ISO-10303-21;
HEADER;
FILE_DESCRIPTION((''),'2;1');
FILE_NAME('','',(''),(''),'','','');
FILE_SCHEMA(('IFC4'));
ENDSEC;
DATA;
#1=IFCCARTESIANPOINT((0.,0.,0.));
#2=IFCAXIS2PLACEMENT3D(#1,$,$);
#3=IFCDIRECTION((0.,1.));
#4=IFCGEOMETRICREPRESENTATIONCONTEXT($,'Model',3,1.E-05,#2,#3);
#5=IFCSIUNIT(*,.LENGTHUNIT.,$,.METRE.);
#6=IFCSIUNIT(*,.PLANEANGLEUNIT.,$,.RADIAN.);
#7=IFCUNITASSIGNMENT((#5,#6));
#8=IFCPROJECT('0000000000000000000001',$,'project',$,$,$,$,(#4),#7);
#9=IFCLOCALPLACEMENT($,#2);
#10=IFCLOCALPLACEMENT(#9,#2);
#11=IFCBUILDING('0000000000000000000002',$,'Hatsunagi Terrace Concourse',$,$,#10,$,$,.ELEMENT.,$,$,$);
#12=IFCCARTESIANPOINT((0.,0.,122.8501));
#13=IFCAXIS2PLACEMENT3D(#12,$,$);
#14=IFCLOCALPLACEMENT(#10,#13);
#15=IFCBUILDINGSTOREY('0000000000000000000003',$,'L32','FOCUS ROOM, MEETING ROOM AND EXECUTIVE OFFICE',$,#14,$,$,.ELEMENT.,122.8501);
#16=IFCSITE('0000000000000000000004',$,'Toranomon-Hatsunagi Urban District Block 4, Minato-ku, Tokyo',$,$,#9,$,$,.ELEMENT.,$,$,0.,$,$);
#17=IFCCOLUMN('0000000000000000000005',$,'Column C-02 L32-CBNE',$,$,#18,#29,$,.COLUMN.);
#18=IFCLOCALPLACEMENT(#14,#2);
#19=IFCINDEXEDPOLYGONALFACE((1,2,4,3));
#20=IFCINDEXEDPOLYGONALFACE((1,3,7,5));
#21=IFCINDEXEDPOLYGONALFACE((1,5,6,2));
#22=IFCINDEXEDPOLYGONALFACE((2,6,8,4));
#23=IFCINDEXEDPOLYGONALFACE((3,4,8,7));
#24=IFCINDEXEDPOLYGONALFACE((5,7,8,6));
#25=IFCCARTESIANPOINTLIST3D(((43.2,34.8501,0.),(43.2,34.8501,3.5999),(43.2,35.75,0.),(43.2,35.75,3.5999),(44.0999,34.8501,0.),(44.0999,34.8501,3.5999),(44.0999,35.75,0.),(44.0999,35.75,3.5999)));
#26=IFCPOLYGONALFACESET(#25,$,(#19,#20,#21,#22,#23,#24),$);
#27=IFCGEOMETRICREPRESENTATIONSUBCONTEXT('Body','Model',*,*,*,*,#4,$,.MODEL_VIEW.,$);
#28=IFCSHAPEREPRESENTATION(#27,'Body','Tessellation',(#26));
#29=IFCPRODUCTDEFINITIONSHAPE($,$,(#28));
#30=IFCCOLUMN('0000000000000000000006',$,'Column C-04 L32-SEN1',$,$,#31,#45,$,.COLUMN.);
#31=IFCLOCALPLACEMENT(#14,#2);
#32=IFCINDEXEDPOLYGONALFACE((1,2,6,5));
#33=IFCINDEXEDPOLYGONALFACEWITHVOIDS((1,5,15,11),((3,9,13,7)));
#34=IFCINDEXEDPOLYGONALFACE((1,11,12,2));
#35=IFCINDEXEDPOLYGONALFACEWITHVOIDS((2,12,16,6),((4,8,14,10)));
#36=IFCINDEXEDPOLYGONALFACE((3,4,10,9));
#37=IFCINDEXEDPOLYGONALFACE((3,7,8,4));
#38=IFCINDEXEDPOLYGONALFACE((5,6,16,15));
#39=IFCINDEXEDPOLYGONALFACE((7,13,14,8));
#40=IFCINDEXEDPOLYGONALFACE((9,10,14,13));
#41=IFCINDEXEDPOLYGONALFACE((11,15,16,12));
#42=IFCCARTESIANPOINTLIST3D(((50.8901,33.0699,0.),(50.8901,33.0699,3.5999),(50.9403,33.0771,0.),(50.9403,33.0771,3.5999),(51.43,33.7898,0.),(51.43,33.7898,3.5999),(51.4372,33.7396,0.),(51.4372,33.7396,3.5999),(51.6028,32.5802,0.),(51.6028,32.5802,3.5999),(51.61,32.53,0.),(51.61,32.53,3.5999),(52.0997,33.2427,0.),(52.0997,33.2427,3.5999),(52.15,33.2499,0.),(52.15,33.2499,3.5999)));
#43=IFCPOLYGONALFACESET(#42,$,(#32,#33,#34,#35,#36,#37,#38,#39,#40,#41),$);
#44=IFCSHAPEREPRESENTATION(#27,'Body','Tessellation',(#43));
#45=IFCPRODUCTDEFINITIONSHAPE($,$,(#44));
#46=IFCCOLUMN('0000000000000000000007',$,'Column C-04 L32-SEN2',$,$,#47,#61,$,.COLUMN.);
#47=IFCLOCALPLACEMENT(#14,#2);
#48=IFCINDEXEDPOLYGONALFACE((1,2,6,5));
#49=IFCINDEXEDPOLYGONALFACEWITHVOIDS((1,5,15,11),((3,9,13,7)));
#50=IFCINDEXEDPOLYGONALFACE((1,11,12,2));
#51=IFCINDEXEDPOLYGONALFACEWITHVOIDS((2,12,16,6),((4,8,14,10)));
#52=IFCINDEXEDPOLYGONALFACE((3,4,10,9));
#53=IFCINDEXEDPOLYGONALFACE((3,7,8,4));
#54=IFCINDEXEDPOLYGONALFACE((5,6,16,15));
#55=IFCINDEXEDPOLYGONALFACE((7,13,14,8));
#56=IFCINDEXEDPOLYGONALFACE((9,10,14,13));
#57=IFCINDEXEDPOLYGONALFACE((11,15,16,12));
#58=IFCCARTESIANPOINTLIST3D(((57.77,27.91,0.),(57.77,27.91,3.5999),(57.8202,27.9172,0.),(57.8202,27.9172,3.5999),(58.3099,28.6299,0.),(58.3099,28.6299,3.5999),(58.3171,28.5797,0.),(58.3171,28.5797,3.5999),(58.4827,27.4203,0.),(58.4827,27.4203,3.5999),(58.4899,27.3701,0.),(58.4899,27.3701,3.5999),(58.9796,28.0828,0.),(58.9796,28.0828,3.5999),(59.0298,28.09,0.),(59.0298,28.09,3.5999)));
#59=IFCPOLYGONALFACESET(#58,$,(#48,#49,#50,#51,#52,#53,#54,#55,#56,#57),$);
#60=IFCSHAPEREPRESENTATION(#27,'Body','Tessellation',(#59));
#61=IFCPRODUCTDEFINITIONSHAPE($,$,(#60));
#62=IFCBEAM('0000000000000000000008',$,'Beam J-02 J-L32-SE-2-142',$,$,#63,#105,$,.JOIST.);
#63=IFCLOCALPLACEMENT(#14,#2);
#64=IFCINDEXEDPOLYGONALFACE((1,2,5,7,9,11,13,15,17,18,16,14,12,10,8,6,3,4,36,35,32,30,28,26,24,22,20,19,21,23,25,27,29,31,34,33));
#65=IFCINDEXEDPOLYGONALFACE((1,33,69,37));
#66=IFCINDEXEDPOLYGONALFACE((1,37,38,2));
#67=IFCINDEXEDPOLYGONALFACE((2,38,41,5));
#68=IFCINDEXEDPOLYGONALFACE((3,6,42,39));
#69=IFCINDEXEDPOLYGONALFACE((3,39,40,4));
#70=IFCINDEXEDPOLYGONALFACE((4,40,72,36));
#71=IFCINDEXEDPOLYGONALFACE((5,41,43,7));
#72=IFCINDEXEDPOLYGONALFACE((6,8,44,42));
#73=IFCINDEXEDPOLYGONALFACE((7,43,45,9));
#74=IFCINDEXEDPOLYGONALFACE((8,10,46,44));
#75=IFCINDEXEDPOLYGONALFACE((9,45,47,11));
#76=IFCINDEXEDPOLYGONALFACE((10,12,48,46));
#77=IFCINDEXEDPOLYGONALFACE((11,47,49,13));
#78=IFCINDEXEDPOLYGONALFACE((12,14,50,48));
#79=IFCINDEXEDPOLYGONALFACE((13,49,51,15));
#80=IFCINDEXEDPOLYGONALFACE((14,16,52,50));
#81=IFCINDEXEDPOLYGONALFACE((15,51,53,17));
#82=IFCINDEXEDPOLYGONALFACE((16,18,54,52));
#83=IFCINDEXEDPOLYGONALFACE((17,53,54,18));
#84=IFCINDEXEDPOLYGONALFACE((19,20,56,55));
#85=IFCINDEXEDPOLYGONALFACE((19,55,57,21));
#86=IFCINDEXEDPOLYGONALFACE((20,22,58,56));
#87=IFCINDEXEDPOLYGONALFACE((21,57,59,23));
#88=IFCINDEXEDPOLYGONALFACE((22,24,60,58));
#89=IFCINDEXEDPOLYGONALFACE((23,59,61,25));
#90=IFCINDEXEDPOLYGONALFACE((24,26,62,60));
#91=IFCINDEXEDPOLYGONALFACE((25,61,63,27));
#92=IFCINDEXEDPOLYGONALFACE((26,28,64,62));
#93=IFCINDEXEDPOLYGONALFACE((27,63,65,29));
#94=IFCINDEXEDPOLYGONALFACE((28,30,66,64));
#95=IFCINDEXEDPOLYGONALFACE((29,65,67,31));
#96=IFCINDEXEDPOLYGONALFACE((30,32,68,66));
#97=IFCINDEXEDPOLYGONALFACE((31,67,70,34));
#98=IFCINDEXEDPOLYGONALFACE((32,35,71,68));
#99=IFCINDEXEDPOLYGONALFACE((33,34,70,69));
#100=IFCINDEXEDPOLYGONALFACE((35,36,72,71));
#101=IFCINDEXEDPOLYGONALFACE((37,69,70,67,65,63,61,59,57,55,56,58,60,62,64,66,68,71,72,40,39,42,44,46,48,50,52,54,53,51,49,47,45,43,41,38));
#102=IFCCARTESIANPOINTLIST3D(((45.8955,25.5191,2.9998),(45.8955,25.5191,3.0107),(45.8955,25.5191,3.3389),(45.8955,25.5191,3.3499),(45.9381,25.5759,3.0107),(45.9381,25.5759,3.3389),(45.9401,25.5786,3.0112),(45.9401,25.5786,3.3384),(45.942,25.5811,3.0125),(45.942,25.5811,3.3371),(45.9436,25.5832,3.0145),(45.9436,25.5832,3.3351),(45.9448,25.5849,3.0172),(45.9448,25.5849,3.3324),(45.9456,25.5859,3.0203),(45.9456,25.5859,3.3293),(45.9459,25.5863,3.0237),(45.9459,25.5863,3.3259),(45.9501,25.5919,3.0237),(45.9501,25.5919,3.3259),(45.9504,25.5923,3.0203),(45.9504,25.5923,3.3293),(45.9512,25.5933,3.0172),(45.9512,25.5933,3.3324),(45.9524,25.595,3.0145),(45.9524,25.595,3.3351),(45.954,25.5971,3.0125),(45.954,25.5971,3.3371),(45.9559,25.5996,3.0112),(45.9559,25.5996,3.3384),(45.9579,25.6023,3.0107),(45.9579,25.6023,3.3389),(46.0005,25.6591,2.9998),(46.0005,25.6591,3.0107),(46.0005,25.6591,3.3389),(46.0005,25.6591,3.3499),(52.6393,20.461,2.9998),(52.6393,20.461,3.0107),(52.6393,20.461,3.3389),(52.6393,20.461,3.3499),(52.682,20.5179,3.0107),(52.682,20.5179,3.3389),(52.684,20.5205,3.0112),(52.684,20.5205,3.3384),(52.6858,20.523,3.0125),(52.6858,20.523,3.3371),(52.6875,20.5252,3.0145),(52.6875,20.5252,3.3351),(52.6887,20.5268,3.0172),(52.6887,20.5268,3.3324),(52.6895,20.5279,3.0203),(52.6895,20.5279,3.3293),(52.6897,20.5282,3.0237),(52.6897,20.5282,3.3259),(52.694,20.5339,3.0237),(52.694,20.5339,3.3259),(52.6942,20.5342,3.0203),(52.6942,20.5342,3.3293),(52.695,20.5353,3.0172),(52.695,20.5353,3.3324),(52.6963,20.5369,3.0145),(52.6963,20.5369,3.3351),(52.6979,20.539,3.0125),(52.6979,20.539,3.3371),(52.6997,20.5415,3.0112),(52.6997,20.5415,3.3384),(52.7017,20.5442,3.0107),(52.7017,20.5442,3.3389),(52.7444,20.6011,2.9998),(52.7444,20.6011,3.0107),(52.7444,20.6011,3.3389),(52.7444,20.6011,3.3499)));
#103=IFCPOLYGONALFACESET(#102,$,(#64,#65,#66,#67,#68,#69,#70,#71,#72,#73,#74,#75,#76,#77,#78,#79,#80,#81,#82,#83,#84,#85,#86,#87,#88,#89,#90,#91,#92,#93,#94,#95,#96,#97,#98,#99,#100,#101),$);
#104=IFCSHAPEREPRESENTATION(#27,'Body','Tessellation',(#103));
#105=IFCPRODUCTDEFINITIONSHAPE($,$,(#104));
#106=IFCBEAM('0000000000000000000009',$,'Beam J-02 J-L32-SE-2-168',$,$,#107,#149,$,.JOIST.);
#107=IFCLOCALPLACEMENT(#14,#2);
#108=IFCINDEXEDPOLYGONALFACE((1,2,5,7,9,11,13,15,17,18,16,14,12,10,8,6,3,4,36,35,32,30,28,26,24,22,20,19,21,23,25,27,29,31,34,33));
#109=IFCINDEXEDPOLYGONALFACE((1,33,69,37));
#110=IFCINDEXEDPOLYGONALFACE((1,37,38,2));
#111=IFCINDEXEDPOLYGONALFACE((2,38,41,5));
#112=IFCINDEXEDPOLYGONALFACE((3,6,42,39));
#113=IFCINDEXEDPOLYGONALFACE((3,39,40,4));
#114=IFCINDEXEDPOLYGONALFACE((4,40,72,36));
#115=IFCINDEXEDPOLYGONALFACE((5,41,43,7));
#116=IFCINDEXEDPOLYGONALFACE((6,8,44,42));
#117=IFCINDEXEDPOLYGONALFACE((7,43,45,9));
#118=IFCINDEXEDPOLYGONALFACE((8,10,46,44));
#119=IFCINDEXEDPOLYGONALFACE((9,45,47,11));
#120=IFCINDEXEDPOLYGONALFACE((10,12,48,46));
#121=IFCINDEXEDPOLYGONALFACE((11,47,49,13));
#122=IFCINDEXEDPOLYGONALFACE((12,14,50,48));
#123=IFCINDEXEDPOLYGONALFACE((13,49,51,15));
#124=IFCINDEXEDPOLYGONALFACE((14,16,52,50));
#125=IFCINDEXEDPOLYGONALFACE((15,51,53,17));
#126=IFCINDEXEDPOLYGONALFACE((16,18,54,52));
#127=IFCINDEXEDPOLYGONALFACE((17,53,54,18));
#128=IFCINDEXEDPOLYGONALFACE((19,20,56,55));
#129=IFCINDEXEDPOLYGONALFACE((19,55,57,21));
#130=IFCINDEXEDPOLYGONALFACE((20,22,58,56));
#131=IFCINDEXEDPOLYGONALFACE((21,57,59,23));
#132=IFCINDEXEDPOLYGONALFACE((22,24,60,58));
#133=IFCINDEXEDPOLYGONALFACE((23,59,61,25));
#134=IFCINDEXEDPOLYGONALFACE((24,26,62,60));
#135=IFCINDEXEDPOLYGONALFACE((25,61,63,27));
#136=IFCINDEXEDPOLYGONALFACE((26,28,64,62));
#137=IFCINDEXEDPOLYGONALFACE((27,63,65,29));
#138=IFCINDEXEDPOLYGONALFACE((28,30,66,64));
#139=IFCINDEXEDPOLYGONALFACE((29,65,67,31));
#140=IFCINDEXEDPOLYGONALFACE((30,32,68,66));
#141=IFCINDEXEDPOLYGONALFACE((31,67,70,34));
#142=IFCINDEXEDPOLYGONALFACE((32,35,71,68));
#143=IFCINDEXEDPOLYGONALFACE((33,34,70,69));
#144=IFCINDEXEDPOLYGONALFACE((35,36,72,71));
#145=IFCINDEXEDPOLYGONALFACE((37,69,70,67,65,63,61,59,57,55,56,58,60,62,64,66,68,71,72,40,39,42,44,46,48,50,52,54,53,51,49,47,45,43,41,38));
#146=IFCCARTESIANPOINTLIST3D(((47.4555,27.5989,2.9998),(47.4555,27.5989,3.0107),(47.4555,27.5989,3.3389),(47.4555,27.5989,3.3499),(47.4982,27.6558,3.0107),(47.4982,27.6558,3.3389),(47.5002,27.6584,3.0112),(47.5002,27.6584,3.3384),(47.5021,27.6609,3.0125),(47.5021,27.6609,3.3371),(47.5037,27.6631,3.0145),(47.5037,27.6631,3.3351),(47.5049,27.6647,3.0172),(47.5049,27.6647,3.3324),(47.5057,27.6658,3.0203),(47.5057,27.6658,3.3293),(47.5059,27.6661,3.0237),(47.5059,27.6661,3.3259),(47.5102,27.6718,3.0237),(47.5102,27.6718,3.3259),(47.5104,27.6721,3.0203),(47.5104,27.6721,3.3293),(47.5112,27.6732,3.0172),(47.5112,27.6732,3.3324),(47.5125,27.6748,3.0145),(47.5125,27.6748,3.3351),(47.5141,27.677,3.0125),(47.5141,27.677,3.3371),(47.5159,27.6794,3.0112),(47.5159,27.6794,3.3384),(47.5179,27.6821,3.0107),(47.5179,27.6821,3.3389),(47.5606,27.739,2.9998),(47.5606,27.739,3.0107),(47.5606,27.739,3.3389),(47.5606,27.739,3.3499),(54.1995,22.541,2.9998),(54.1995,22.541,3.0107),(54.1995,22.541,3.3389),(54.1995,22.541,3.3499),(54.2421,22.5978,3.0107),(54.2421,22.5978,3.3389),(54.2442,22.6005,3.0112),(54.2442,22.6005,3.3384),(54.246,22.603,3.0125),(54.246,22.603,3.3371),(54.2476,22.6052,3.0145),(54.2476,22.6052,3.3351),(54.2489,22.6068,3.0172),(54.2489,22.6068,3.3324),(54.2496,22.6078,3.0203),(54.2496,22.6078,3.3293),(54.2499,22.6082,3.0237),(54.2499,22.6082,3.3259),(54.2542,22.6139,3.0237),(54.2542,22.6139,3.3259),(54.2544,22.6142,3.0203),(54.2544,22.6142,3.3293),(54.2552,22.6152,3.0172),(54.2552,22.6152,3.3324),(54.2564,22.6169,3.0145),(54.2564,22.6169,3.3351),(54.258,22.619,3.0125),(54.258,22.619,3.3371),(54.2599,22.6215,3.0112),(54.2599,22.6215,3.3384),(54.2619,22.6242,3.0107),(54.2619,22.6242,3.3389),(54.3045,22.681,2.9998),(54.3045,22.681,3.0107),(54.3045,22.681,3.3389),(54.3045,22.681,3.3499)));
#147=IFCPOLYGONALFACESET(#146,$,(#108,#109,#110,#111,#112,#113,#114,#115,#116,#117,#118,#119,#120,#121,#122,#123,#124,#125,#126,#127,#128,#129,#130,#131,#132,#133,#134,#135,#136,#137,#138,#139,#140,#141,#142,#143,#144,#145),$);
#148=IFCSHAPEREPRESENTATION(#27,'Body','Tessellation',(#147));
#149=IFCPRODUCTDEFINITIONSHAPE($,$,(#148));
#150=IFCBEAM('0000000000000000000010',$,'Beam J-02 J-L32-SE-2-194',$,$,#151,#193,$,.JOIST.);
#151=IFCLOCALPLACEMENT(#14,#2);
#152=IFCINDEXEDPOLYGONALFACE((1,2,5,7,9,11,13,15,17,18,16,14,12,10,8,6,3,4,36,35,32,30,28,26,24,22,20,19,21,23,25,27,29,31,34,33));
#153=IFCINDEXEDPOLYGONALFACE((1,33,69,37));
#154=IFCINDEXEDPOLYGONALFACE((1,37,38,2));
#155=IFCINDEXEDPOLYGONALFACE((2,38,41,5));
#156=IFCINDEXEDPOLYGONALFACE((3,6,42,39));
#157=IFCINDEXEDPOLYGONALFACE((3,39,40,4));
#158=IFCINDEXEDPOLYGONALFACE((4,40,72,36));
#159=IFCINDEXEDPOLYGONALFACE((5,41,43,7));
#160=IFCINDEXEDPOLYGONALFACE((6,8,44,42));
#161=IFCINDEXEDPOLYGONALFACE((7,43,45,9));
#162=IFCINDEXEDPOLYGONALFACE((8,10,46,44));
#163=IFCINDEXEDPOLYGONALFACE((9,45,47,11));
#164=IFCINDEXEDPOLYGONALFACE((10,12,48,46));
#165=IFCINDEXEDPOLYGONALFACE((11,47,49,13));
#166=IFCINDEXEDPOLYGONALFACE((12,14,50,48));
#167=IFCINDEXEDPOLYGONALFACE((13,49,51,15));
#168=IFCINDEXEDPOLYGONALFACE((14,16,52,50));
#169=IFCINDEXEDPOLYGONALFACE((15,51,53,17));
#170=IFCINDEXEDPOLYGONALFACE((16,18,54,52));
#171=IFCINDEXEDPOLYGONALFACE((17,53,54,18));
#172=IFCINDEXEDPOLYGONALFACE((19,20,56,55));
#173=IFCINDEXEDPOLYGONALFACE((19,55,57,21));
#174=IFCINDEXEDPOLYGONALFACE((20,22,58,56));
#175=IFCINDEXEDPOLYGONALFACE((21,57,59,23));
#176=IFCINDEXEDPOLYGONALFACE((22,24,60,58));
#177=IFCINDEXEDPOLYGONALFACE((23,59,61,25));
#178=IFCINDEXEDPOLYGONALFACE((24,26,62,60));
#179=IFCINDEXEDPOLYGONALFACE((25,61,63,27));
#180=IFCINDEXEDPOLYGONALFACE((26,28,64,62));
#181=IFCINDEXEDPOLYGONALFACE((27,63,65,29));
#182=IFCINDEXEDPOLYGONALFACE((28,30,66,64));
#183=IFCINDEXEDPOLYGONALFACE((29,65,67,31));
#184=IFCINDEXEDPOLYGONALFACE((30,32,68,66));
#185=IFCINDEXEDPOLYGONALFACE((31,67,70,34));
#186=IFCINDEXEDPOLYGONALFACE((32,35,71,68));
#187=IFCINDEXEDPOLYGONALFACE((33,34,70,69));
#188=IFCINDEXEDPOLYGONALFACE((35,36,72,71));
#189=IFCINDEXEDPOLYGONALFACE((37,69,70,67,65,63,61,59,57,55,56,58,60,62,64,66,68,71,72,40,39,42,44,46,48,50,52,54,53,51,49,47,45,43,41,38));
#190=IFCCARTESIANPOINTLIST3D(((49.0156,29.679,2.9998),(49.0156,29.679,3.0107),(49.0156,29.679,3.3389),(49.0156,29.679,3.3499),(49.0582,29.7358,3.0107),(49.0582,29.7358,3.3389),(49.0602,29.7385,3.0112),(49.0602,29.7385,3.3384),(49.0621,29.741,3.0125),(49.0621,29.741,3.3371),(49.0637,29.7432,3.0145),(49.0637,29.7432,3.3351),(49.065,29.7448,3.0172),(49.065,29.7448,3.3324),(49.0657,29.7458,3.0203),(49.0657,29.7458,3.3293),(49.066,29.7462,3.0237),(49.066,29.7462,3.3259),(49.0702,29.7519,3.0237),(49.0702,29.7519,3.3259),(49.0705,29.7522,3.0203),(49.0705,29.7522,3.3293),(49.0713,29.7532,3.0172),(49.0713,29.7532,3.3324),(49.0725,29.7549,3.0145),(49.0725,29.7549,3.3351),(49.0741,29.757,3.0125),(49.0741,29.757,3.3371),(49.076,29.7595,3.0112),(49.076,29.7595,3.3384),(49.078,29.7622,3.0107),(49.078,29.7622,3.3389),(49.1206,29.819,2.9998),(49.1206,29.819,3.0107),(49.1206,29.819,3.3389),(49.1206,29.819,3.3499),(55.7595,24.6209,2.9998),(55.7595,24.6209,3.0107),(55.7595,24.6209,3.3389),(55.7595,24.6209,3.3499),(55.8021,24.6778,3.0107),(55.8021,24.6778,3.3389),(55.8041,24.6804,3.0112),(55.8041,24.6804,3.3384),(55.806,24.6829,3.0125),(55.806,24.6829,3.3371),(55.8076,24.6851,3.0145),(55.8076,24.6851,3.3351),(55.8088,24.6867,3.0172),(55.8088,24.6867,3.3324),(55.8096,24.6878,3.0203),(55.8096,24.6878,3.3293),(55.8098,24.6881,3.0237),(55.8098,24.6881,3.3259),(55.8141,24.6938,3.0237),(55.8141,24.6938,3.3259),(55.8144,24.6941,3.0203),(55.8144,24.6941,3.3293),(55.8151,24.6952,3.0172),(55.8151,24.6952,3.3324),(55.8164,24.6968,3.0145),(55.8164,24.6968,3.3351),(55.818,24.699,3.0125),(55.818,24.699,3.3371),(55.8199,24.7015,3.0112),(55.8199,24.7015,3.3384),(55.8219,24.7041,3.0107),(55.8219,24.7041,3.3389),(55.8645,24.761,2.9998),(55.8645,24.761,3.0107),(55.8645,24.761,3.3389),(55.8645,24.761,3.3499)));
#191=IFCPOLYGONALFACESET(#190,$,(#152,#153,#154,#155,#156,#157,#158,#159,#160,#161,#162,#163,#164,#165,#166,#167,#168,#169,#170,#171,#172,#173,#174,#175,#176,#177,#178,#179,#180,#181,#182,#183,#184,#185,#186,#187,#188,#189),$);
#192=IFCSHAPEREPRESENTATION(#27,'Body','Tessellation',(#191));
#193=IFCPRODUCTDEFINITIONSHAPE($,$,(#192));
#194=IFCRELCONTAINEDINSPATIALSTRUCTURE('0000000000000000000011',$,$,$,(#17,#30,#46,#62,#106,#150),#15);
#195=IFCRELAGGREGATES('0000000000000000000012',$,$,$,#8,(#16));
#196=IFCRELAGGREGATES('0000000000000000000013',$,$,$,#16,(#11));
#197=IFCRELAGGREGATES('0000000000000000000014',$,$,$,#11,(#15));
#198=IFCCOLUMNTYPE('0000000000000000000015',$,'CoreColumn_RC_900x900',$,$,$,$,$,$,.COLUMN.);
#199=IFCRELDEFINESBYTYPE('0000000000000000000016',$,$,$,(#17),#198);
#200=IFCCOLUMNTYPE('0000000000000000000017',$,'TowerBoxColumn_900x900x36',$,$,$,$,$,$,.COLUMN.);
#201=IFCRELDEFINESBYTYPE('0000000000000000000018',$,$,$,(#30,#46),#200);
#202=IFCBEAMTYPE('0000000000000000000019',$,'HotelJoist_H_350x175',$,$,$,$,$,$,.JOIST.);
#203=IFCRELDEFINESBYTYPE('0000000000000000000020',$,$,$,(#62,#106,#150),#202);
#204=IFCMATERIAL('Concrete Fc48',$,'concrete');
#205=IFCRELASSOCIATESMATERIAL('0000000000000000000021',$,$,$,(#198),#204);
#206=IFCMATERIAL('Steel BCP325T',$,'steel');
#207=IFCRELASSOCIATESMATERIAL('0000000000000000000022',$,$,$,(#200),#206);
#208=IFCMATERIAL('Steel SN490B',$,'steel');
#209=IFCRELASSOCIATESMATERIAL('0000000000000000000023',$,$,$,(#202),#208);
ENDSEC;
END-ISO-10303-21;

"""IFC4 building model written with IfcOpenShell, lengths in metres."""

from ifc_helpers import new_model, si_unit, direction, frame, origin, origin_2d, place, context, subcontext, project, spatial, rectangle, hollow_rectangle, i_section, extrude, material, material_profile, profile_set, type_object, element, save


model = new_model("IFC4")

# Units and contexts
model_context = context("Model", 3, precision=1e-05, world=origin(), true_north=direction((0.0, 1.0)))
body_context = subcontext(model_context, "Body", "Model", "MODEL_VIEW")
ifc_project = project(units=[si_unit("LENGTHUNIT", "METRE"), si_unit("PLANEANGLEUNIT", "RADIAN")], contexts=[model_context])

# Site, building, storey
site_placement = place(None, origin())
site = spatial("IfcSite", under=ifc_project, at=site_placement, Name="Toranomon-Hatsunagi Urban District Block 4, Minato-ku, Tokyo", CompositionType="ELEMENT", RefElevation=0.0)
building_placement = place(site_placement, origin())
building = spatial("IfcBuilding", under=site, at=building_placement, Name="Hatsunagi Terrace Concourse", CompositionType="ELEMENT")
storey_placement = place(building_placement, frame((0.0, 0.0, 122.8501)))
storey = spatial("IfcBuildingStorey", under=building, at=storey_placement, Name="L32", Description="FOCUS ROOM, MEETING ROOM AND EXECUTIVE OFFICE", CompositionType="ELEMENT", Elevation=122.8501)

# Columns
ifc_material_1 = material(Name="Concrete Fc48", Category="concrete")
ifc_material_profile_1 = material_profile(ifc_material_1, rectangle(XDim=0.8999, YDim=0.8999, at=origin_2d()), Name="RC-900x900")
ifc_profile_set_1 = profile_set([ifc_material_profile_1], Name="Concrete Fc48")
column_type_1 = type_object("IfcColumnType", Name="CoreColumn_RC_900x900", PredefinedType="COLUMN", material=ifc_profile_set_1)
column_placement = place(storey_placement, frame((43.6499, 35.3, 0.0), z_axis=(0.0, 0.0, 1.0), x_axis=(1.0, 0.0, 0.0)))
element("IfcColumn", 1, at=column_placement, inside=storey, type_object=column_type_1, Name="Column C-02 L32-CBNE", PredefinedType="COLUMN", context=body_context, shape_type="SweptSolid", body=[
    extrude(rectangle(XDim=0.8999, YDim=0.8999, at=origin_2d()), origin(), (0.0, 0.0, 1.0), 3.5999),
])
ifc_material_2 = material(Name="Steel BCP325T", Category="steel")
ifc_material_profile_2 = material_profile(ifc_material_2, hollow_rectangle(XDim=0.8999, YDim=0.8999, WallThickness=0.0359, at=origin_2d()), Name="BCP-900x900x36")
ifc_profile_set_2 = profile_set([ifc_material_profile_2], Name="Steel BCP325T")
column_type_2 = type_object("IfcColumnType", Name="TowerBoxColumn_900x900x36", PredefinedType="COLUMN", material=ifc_profile_set_2)
for number, where, z_axis, x_axis, name in (
    (2, (51.52, 33.1599, 0.0), (0.0, 0.0, 1.0), (0.8, -0.6, 0.0), "Column C-04 L32-SEN1"),
    (3, (58.3999, 28.0, 0.0), (0.0, 0.0, 1.0), (0.8, -0.6, 0.0), "Column C-04 L32-SEN2"),
):
    element("IfcColumn", number, at=place(storey_placement, frame(where, z_axis=z_axis, x_axis=x_axis)), inside=storey, type_object=column_type_2, Name=name, PredefinedType="COLUMN", context=body_context, shape_type="SweptSolid", body=[
        extrude(hollow_rectangle(XDim=0.8999, YDim=0.8999, WallThickness=0.0359, at=origin_2d()), origin(), (0.0, 0.0, 1.0), 3.5999),
    ])

# Beams
ifc_material_3 = material(Name="Steel SN490B", Category="steel")
ifc_material_profile_3 = material_profile(ifc_material_3, i_section(OverallWidth=0.175, OverallDepth=0.3501, WebThickness=0.0071, FlangeThickness=0.011, FilletRadius=0.0129, at=origin_2d()), Name="H-350x175x7x11")
ifc_profile_set_3 = profile_set([ifc_material_profile_3], Name="Steel SN490B")
beam_type_1 = type_object("IfcBeamType", Name="HotelJoist_H_350x175", PredefinedType="JOIST", material=ifc_profile_set_3)
for number, where, z_axis, x_axis, name in (
    (4, (45.948, 25.5891, 3.1748), (0.79999, -0.600014, 0.0), (0.600014, 0.79999, 0.0), "Beam J-02 J-L32-SE-2-142"),
    (5, (47.5081, 27.6689, 3.1748), (0.800003, -0.599995, 0.0), (0.599995, 0.800003, 0.0), "Beam J-02 J-L32-SE-2-168"),
    (6, (49.0681, 29.749, 3.1748), (0.79999, -0.600014, 0.0), (0.600014, 0.79999, 0.0), "Beam J-02 J-L32-SE-2-194"),
):
    element("IfcBeam", number, at=place(storey_placement, frame(where, z_axis=z_axis, x_axis=x_axis)), inside=storey, type_object=beam_type_1, Name=name, PredefinedType="JOIST", context=body_context, shape_type="SweptSolid", body=[
        extrude(i_section(OverallWidth=0.175, OverallDepth=0.3501, WebThickness=0.0071, FlangeThickness=0.011, FilletRadius=0.0129, at=origin_2d()), origin(), (0.0, 0.0, 1.0), 8.4299),
    ])

save(model, "model.ifc")
